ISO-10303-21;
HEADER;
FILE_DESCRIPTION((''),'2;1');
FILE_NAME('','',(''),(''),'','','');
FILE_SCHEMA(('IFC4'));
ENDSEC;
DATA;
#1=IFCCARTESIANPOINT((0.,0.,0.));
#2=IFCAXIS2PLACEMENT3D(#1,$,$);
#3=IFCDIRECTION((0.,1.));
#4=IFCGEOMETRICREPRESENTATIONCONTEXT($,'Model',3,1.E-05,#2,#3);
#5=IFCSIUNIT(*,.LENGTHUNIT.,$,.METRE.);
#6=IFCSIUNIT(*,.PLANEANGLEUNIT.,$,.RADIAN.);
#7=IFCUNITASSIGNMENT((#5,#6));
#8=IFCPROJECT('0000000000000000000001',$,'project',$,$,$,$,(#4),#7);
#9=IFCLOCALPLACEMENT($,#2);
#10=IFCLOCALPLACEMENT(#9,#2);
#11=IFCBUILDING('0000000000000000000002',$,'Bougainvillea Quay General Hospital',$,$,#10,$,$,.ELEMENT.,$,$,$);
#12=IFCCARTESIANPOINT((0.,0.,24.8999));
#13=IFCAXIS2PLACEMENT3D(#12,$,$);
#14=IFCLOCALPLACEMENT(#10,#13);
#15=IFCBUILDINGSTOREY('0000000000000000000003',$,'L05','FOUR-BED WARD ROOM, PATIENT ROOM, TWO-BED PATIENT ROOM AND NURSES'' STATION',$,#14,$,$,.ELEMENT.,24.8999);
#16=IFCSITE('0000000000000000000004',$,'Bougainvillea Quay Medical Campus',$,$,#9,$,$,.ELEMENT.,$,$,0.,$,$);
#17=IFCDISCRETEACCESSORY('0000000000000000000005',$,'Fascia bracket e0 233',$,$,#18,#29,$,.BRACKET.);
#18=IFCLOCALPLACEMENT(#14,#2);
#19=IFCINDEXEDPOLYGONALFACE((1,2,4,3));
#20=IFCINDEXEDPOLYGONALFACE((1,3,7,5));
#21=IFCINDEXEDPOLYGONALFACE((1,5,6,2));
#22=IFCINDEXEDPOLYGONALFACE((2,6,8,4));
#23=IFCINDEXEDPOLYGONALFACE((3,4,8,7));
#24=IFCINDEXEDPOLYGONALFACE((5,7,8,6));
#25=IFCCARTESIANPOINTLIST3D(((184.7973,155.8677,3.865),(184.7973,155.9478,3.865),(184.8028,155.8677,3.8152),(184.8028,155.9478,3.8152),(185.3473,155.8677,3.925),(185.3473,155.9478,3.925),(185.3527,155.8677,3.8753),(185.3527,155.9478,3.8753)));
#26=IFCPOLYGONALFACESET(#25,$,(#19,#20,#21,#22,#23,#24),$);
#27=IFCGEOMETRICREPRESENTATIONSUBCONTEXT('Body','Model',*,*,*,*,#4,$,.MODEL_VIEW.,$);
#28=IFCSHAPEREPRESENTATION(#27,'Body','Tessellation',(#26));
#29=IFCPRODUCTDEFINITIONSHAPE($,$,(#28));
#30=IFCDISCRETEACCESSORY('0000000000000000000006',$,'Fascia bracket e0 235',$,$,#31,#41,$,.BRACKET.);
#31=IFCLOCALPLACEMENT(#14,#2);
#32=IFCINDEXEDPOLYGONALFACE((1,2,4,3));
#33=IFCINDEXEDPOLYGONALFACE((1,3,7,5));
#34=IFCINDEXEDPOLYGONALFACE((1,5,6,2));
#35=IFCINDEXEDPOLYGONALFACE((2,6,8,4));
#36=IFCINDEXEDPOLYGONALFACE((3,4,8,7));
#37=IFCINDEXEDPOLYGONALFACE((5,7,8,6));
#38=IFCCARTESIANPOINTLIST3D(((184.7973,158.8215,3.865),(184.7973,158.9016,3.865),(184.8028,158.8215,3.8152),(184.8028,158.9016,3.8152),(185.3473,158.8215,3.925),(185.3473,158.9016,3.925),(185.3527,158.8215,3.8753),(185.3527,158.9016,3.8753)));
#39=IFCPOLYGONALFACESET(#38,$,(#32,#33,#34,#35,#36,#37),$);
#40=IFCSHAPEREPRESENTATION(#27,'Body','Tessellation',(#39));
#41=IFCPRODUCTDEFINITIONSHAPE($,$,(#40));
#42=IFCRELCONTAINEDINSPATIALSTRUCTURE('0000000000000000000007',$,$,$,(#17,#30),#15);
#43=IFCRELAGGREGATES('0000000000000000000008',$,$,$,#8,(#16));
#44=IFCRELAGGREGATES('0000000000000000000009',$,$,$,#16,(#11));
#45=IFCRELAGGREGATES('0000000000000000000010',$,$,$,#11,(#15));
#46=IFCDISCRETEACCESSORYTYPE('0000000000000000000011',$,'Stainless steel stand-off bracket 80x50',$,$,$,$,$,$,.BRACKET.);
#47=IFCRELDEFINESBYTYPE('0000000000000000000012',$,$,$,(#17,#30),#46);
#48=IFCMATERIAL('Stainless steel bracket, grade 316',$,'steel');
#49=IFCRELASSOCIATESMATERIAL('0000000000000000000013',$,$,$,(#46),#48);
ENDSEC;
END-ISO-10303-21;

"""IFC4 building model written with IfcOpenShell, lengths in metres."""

from ifc_helpers import new_model, si_unit, direction, frame, origin, origin_2d, place, context, subcontext, project, spatial, rectangle, extrude, material, material_profile, profile_set, type_object, element, save


model = new_model("IFC4")

# Units and contexts
model_context = context("Model", 3, precision=1e-05, world=origin(), true_north=direction((0.0, 1.0)))
body_context = subcontext(model_context, "Body", "Model", "MODEL_VIEW")
ifc_project = project(units=[si_unit("LENGTHUNIT", "METRE"), si_unit("PLANEANGLEUNIT", "RADIAN")], contexts=[model_context])

# Site, building, storey
site_placement = place(None, origin())
site = spatial("IfcSite", under=ifc_project, at=site_placement, Name="Bougainvillea Quay Medical Campus", CompositionType="ELEMENT", RefElevation=0.0)
building_placement = place(site_placement, origin())
building = spatial("IfcBuilding", under=site, at=building_placement, Name="Bougainvillea Quay General Hospital", CompositionType="ELEMENT")
storey_placement = place(building_placement, frame((0.0, 0.0, 24.8999)))
storey = spatial("IfcBuildingStorey", under=building, at=storey_placement, Name="L05", Description="FOUR-BED WARD ROOM, PATIENT ROOM, TWO-BED PATIENT ROOM AND NURSES' STATION", CompositionType="ELEMENT", Elevation=24.8999)

# Discrete accessories
ifc_material_1 = material(Name="Stainless steel bracket, grade 316", Category="steel")
ifc_material_profile_1 = material_profile(ifc_material_1, rectangle(XDim=0.0801, YDim=0.05, at=origin_2d()))
ifc_profile_set_1 = profile_set([ifc_material_profile_1], Name="Stainless steel bracket, grade 316")
discrete_accessory_type = type_object("IfcDiscreteAccessoryType", Name="Stainless steel stand-off bracket 80x50", PredefinedType="BRACKET", material=ifc_profile_set_1)
for number, where, z_axis, x_axis, name in (
    (1, (184.8, 155.9077, 3.8401), (0.994092, 0.0, 0.108543), (0.0, 1.0, 0.0), "Fascia bracket e0 233"),
    (2, (184.8, 158.8616, 3.8401), (0.994092, 0.0, 0.108543), (0.0, 1.0, 0.0), "Fascia bracket e0 235"),
):
    element("IfcDiscreteAccessory", number, at=place(storey_placement, frame(where, z_axis=z_axis, x_axis=x_axis)), inside=storey, type_object=discrete_accessory_type, Name=name, PredefinedType="BRACKET", context=body_context, shape_type="SweptSolid", body=[
        extrude(rectangle(XDim=0.0801, YDim=0.05, at=origin_2d()), origin(), (0.0, 0.0, 1.0), 0.5532),
    ])

save(model, "model.ifc")
